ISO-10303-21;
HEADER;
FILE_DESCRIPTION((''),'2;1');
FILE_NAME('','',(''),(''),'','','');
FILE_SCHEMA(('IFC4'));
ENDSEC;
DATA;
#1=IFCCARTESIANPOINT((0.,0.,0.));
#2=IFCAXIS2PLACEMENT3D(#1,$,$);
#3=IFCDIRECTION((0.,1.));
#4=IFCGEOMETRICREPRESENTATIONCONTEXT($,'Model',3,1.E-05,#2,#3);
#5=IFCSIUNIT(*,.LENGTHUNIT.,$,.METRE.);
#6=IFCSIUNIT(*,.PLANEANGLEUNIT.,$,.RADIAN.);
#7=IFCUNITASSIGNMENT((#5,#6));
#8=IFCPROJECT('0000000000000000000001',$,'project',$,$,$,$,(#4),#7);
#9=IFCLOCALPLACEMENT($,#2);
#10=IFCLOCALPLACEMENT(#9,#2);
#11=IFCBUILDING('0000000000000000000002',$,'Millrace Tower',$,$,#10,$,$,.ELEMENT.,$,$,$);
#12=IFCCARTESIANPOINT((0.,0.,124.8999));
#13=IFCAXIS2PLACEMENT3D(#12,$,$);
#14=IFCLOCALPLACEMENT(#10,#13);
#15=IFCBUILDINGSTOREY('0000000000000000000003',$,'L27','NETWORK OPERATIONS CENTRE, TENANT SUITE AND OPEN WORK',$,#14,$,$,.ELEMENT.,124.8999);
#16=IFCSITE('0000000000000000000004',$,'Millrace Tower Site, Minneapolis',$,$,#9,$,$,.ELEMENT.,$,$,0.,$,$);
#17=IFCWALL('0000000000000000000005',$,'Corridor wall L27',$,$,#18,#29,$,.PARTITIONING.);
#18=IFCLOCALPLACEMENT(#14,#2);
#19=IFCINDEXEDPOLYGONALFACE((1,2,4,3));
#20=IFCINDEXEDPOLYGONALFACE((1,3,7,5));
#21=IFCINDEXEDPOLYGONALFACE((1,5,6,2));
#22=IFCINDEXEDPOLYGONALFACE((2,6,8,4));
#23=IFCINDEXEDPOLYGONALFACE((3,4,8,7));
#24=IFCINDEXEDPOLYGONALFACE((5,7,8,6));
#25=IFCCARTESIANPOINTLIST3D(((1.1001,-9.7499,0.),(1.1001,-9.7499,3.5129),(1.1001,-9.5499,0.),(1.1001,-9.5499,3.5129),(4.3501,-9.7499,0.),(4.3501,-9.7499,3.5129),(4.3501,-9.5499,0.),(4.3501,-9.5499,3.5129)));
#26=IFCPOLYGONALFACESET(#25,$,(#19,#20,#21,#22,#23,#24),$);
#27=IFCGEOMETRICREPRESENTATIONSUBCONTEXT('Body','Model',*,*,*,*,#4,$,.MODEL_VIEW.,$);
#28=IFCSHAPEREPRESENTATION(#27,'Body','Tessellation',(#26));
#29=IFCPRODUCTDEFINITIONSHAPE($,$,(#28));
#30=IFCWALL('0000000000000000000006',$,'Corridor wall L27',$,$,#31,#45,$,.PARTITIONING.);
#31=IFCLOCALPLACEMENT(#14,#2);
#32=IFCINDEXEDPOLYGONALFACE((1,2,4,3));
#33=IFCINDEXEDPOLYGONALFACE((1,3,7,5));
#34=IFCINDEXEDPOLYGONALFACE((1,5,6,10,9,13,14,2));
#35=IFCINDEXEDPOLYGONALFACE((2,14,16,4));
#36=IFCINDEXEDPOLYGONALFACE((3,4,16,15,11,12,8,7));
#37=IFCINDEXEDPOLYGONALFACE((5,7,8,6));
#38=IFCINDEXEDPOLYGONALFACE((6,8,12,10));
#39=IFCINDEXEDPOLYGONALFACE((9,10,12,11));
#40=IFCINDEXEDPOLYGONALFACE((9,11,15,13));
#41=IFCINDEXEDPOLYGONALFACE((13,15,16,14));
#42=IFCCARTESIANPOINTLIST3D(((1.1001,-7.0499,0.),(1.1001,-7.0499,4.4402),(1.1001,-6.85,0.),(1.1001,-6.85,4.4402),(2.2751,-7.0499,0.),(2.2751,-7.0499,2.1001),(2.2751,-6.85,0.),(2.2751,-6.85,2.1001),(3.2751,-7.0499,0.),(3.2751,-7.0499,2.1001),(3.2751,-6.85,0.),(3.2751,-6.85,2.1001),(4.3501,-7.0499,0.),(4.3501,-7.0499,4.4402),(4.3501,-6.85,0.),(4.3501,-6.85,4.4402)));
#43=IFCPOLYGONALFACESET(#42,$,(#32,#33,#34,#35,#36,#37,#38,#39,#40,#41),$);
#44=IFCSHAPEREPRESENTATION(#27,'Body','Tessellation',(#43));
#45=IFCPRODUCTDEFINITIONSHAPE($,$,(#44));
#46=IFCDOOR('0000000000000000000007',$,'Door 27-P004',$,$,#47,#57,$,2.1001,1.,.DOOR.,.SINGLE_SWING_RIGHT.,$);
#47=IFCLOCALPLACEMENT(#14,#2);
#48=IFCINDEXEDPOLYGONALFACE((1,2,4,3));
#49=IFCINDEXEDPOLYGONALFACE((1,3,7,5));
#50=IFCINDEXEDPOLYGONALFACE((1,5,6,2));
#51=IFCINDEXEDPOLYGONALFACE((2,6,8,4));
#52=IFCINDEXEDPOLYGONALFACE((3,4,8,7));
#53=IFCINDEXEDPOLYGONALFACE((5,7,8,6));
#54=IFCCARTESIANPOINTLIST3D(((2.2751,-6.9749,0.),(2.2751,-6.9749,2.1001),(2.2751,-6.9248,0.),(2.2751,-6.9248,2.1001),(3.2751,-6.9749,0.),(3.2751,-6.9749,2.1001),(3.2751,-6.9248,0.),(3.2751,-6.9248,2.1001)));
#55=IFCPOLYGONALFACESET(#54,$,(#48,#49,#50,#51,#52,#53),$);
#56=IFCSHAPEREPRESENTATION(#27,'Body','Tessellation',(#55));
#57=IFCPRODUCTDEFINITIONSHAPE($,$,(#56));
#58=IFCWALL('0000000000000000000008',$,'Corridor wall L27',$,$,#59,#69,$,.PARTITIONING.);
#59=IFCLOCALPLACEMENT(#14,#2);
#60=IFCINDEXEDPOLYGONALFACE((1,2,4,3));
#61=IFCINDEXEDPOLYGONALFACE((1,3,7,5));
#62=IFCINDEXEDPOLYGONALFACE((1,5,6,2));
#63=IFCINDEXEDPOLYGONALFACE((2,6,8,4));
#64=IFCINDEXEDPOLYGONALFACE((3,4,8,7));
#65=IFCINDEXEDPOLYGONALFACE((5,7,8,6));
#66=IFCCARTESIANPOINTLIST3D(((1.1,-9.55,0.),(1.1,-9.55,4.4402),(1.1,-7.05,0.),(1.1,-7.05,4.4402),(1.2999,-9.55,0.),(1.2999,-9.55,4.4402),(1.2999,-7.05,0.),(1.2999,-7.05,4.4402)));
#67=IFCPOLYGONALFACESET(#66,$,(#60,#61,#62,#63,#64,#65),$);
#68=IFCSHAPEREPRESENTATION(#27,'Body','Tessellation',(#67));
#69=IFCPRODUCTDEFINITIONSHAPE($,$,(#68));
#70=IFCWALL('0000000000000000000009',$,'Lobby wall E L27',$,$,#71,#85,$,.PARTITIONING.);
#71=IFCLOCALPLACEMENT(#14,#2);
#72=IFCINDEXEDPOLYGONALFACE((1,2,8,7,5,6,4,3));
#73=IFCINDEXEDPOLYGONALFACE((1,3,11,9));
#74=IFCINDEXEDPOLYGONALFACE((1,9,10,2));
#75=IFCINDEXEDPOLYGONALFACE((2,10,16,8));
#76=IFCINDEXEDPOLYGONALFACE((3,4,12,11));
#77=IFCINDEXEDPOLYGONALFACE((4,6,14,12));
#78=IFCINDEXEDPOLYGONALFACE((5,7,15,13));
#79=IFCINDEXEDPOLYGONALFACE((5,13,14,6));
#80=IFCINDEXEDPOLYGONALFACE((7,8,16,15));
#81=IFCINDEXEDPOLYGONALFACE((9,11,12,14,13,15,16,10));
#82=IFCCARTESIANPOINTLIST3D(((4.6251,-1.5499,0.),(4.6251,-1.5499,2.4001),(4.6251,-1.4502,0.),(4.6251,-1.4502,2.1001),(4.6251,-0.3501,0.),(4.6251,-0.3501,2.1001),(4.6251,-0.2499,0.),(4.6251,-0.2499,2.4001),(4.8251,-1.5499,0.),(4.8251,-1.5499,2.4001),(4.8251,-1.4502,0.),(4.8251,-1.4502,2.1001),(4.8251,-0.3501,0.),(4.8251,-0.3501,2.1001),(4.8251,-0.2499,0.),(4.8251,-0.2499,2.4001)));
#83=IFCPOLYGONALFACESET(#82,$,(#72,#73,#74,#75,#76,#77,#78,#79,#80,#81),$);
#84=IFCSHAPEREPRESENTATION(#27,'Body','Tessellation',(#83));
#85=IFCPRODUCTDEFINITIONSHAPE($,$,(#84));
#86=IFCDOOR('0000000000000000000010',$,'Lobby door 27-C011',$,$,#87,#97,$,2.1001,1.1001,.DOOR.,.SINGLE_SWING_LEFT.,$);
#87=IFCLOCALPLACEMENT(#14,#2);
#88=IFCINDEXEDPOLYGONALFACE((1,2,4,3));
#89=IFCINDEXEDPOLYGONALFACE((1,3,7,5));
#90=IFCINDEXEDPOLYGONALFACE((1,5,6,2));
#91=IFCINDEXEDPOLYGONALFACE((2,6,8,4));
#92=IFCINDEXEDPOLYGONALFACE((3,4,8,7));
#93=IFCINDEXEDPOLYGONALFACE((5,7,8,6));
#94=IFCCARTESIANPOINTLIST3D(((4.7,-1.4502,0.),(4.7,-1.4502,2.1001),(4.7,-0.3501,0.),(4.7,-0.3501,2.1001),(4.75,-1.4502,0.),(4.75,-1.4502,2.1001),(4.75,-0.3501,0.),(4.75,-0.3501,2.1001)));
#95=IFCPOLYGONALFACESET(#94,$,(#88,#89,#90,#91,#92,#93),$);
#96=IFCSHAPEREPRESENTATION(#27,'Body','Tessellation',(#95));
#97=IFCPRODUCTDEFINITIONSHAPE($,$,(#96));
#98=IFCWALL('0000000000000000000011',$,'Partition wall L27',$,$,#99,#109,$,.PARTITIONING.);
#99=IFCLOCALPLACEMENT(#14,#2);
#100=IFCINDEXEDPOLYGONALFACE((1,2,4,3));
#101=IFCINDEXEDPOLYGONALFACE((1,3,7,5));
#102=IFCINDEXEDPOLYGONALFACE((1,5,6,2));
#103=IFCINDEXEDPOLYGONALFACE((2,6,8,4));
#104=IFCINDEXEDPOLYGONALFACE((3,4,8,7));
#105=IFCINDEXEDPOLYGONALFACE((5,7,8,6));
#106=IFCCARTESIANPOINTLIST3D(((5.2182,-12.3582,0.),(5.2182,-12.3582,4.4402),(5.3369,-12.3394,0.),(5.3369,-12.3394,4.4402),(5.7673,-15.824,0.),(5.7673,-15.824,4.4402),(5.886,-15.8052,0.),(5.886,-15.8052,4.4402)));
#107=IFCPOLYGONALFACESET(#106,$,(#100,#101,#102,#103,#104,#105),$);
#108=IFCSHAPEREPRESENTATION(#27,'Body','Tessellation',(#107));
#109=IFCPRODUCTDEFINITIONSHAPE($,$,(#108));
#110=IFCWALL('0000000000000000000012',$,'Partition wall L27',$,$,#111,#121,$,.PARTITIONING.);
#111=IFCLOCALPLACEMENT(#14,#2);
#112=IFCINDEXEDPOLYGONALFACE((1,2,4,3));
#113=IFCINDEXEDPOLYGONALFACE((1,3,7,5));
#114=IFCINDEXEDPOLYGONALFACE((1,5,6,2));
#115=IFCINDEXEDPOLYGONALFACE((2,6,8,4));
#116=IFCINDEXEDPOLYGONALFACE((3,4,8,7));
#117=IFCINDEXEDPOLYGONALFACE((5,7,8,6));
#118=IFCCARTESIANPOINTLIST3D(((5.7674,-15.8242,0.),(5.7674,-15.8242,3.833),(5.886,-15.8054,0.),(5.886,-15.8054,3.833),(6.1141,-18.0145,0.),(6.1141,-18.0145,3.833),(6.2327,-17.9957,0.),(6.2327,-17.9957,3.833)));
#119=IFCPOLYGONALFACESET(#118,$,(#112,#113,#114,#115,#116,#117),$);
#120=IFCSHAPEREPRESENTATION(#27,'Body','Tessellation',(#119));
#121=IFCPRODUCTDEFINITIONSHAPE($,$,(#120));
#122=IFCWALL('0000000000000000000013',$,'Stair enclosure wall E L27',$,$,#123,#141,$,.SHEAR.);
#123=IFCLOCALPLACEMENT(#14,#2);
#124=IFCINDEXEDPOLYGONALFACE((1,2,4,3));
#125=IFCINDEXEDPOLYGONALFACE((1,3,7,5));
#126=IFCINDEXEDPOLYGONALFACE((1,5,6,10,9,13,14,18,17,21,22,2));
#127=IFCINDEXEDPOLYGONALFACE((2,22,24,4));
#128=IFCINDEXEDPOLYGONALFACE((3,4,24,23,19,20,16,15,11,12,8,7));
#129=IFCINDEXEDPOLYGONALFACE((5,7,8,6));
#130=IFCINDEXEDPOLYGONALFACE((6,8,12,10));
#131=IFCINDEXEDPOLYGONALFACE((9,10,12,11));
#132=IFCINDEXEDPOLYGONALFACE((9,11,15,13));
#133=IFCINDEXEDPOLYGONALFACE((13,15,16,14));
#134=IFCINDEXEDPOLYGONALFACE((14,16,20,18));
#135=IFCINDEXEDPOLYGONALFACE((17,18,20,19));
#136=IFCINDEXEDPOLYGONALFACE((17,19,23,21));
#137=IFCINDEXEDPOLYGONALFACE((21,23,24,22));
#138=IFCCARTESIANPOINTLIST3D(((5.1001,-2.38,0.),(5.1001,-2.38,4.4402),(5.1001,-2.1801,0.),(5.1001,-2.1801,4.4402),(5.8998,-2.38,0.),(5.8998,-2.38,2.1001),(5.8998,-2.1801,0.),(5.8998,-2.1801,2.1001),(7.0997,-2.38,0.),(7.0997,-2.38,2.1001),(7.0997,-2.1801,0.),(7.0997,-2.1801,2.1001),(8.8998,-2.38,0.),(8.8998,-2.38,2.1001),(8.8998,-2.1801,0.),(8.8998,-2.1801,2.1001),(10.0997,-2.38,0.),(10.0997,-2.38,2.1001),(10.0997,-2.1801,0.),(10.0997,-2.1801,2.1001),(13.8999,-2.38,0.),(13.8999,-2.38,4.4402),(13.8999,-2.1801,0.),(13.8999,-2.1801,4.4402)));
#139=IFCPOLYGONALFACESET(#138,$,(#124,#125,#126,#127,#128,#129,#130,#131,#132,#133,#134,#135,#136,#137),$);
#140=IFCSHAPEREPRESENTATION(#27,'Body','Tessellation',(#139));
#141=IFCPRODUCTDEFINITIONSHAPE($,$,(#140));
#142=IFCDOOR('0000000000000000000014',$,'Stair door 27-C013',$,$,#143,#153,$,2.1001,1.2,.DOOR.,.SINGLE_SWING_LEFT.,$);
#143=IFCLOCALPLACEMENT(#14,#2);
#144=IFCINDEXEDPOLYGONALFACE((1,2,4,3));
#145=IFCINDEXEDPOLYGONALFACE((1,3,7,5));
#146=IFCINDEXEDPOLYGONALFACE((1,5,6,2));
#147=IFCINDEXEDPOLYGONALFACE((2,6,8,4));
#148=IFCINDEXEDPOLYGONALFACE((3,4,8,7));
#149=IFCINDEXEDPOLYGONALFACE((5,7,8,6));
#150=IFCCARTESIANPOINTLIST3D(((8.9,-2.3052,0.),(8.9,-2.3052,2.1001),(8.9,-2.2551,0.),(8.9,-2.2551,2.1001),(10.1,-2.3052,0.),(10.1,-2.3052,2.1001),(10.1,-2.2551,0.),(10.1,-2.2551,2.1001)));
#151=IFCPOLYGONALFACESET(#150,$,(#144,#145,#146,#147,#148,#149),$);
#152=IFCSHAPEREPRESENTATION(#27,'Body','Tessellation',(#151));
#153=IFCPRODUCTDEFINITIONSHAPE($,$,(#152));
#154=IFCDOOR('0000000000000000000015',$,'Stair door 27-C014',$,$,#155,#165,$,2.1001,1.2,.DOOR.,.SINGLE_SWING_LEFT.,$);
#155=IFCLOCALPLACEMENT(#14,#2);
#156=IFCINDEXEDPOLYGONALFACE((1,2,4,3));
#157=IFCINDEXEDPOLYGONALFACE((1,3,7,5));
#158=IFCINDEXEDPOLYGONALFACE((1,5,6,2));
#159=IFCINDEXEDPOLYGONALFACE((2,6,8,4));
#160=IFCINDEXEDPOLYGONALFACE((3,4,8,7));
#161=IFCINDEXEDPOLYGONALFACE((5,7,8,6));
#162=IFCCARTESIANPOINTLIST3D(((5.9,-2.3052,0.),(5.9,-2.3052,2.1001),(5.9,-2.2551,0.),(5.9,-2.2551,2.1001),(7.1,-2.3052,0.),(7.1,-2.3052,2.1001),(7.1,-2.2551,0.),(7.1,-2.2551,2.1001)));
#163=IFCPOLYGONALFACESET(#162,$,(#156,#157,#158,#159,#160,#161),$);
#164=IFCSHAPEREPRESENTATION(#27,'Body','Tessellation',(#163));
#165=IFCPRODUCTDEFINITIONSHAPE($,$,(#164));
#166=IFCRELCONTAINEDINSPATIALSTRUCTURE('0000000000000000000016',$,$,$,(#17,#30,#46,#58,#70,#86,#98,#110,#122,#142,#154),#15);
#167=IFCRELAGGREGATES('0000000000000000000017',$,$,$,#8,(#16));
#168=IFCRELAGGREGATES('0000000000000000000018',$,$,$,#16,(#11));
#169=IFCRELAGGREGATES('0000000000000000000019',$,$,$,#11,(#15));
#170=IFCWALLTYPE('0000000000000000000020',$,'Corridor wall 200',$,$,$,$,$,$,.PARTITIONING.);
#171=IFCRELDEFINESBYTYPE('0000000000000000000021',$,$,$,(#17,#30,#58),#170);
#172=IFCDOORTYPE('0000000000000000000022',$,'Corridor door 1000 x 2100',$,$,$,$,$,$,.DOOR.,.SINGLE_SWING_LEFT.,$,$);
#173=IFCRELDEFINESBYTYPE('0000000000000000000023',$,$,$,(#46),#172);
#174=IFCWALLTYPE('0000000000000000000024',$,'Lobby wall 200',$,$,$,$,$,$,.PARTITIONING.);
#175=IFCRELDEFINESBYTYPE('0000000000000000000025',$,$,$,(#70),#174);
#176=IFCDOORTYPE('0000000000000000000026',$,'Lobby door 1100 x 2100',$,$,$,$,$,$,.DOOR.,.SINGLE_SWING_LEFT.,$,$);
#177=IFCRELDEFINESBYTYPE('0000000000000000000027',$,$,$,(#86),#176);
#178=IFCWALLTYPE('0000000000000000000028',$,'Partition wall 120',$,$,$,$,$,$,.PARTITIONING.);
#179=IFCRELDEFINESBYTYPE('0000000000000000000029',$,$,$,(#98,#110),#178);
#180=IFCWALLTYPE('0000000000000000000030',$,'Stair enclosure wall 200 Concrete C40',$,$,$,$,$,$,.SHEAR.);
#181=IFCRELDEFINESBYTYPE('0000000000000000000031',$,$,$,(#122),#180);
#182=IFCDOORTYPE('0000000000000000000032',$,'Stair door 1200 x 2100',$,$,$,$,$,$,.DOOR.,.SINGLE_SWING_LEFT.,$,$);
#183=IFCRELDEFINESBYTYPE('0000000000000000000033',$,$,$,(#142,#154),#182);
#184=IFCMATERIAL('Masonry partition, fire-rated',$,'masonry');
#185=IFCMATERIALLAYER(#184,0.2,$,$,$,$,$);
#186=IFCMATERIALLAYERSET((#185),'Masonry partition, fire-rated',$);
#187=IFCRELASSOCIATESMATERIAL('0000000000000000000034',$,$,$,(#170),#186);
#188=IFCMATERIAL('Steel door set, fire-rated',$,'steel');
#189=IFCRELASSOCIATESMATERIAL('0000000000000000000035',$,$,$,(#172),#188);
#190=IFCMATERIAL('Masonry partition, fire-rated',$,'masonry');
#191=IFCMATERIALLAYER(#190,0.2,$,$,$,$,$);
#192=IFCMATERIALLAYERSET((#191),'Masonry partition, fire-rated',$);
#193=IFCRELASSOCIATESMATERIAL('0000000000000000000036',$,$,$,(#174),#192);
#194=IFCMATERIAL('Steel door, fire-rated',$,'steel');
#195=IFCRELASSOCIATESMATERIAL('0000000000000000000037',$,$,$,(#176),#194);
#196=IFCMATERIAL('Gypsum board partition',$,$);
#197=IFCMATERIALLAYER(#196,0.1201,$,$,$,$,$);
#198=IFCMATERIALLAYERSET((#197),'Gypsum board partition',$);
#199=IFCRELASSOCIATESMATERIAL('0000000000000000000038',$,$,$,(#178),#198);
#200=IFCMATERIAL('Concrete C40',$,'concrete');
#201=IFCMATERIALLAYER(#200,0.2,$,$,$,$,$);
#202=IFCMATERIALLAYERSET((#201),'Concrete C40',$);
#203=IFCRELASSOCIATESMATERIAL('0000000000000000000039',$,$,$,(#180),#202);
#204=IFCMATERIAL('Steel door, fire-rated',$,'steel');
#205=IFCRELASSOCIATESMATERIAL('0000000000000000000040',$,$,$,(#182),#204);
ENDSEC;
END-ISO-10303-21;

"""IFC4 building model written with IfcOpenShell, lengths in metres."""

from ifc_helpers import new_model, si_unit, direction, frame, frame_2d, origin, place, context, subcontext, project, spatial, rectangle, extrude, material, layer, layer_set, type_object, element, fill, save


model = new_model("IFC4")

# Units and contexts
model_context = context("Model", 3, precision=1e-05, world=origin(), true_north=direction((0.0, 1.0)))
body_context = subcontext(model_context, "Body", "Model", "MODEL_VIEW")
ifc_project = project(units=[si_unit("LENGTHUNIT", "METRE"), si_unit("PLANEANGLEUNIT", "RADIAN")], contexts=[model_context])

# Site, building, storey
site_placement = place(None, origin())
site = spatial("IfcSite", under=ifc_project, at=site_placement, Name="Millrace Tower Site, Minneapolis", CompositionType="ELEMENT", RefElevation=0.0)
building_placement = place(site_placement, origin())
building = spatial("IfcBuilding", under=site, at=building_placement, Name="Millrace Tower", CompositionType="ELEMENT")
storey_placement = place(building_placement, frame((0.0, 0.0, 124.8999)))
storey = spatial("IfcBuildingStorey", under=building, at=storey_placement, Name="L27", Description="NETWORK OPERATIONS CENTRE, TENANT SUITE AND OPEN WORK", CompositionType="ELEMENT", Elevation=124.8999)

# Wall
ifc_material_1 = material(Name="Masonry partition, fire-rated", Category="masonry")
ifc_layer_1 = layer(ifc_material_1, 0.2)
ifc_layer_set_1 = layer_set([ifc_layer_1], Name="Masonry partition, fire-rated")
wall_type_1 = type_object("IfcWallType", Name="Corridor wall 200", PredefinedType="PARTITIONING", material=ifc_layer_set_1)
wall_1_placement = place(storey_placement, frame((1.1001, -9.6499, 0.0), z_axis=(0.0, 0.0, 1.0), x_axis=(1.0, 0.0, 0.0)))
element("IfcWall", 1, at=wall_1_placement, inside=storey, type_object=wall_type_1, Name="Corridor wall L27", PredefinedType="PARTITIONING", context=body_context, shape_type="SweptSolid", body=[
    extrude(rectangle(XDim=3.25, YDim=0.2, at=frame_2d((1.625, 0.0))), origin(), (0.0, 0.0, 1.0), 3.5129),
])

# Wall, opening, door
wall_2_placement = place(storey_placement, frame((1.1001, -6.95, 0.0), z_axis=(0.0, 0.0, 1.0), x_axis=(1.0, 0.0, 0.0)))
wall_2 = element("IfcWall", 2, at=wall_2_placement, inside=storey, type_object=wall_type_1, Name="Corridor wall L27", PredefinedType="PARTITIONING", context=body_context, shape_type="SweptSolid", body=[
    extrude(rectangle(XDim=3.25, YDim=0.2, at=frame_2d((1.625, 0.0))), origin(), (0.0, 0.0, 1.0), 4.4402),
])
opening_1_placement = place(wall_2_placement, frame((1.175, 0.0, 0.0)))
opening_1 = element("IfcOpeningElement", 3, at=opening_1_placement, cuts=wall_2, PredefinedType="OPENING", context=body_context, shape_type="SweptSolid", body=[
    extrude(rectangle(XDim=1.0, YDim=2.1001, at=frame_2d((0.5, 1.05))), frame((0.0, 0.1099, 0.0), z_axis=(0.0, -1.0, 0.0), x_axis=(1.0, 0.0, 0.0)), (0.0, 0.0, 1.0), 0.22),
])
ifc_material_2 = material(Name="Steel door set, fire-rated", Category="steel")
door_type_1 = type_object("IfcDoorType", Name="Corridor door 1000 x 2100", OperationType="SINGLE_SWING_LEFT", PredefinedType="DOOR", material=ifc_material_2)
door_1_placement = place(opening_1_placement, frame((1.0, 0.0, 0.0), z_axis=(0.0, 0.0, 1.0), x_axis=(-1.0, 0.0, 0.0)))
door_1 = element("IfcDoor", 4, at=door_1_placement, inside=storey, type_object=door_type_1, Name="Door 27-P004", OperationType="SINGLE_SWING_RIGHT", OverallHeight=2.1001, OverallWidth=1.0, PredefinedType="DOOR", context=body_context, shape_type="SweptSolid", body=[
    extrude(rectangle(XDim=1.0, YDim=2.1001, at=frame_2d((0.5, 1.05))), frame((0.0, 0.0249, 0.0), z_axis=(0.0, -1.0, 0.0), x_axis=(1.0, 0.0, 0.0)), (0.0, 0.0, 1.0), 0.05),
])
fill(opening_1, door_1)

# Wall
wall_3_placement = place(storey_placement, frame((1.2, -9.55, 0.0), z_axis=(0.0, 0.0, 1.0), x_axis=(0.0, 1.0, 0.0)))
element("IfcWall", 5, at=wall_3_placement, inside=storey, type_object=wall_type_1, Name="Corridor wall L27", PredefinedType="PARTITIONING", context=body_context, shape_type="SweptSolid", body=[
    extrude(rectangle(XDim=2.5, YDim=0.2, at=frame_2d((1.25, 0.0))), origin(), (0.0, 0.0, 1.0), 4.4402),
])

# Wall, opening, door
ifc_material_3 = material(Name="Masonry partition, fire-rated", Category="masonry")
ifc_layer_2 = layer(ifc_material_3, 0.2)
ifc_layer_set_2 = layer_set([ifc_layer_2], Name="Masonry partition, fire-rated")
wall_type_2 = type_object("IfcWallType", Name="Lobby wall 200", PredefinedType="PARTITIONING", material=ifc_layer_set_2)
wall_4_placement = place(storey_placement, frame((4.7251, -0.25, 0.0), z_axis=(0.0, 0.0, 1.0), x_axis=(0.0, -1.0, 0.0)))
wall_4 = element("IfcWall", 6, at=wall_4_placement, inside=storey, type_object=wall_type_2, Name="Lobby wall E L27", PredefinedType="PARTITIONING", context=body_context, shape_type="SweptSolid", body=[
    extrude(rectangle(XDim=1.3, YDim=0.2, at=frame_2d((0.6499, 0.0))), origin(), (0.0, 0.0, 1.0), 2.4001),
])
opening_2_placement = place(wall_4_placement, frame((0.1001, 0.0, 0.0)))
opening_2 = element("IfcOpeningElement", 7, at=opening_2_placement, cuts=wall_4, PredefinedType="OPENING", context=body_context, shape_type="SweptSolid", body=[
    extrude(rectangle(XDim=1.1001, YDim=2.1001, at=frame_2d((0.55, 1.05))), frame((0.0, 0.1099, 0.0), z_axis=(0.0, -1.0, 0.0), x_axis=(1.0, 0.0, 0.0)), (0.0, 0.0, 1.0), 0.22),
])
ifc_material_4 = material(Name="Steel door, fire-rated", Category="steel")
door_type_2 = type_object("IfcDoorType", Name="Lobby door 1100 x 2100", OperationType="SINGLE_SWING_LEFT", PredefinedType="DOOR", material=ifc_material_4)
door_2_placement = place(opening_2_placement, origin())
door_2 = element("IfcDoor", 8, at=door_2_placement, inside=storey, type_object=door_type_2, Name="Lobby door 27-C011", OperationType="SINGLE_SWING_LEFT", OverallHeight=2.1001, OverallWidth=1.1001, PredefinedType="DOOR", context=body_context, shape_type="SweptSolid", body=[
    extrude(rectangle(XDim=1.1001, YDim=2.1001, at=frame_2d((0.55, 1.05))), frame((0.0, 0.0249, 0.0), z_axis=(0.0, -1.0, 0.0), x_axis=(1.0, 0.0, 0.0)), (0.0, 0.0, 1.0), 0.05),
])
fill(opening_2, door_2)

# Walls
ifc_material_5 = material(Name="Gypsum board partition")
ifc_layer_3 = layer(ifc_material_5, 0.1201)
ifc_layer_set_3 = layer_set([ifc_layer_3], Name="Gypsum board partition")
wall_type_3 = type_object("IfcWallType", Name="Partition wall 120", PredefinedType="PARTITIONING", material=ifc_layer_set_3)
wall_5_placement = place(storey_placement, frame((5.2776, -12.3489, 0.0), z_axis=(0.0, 0.0, 1.0), x_axis=(0.156473, -0.987682, 0.0)))
element("IfcWall", 9, at=wall_5_placement, inside=storey, type_object=wall_type_3, Name="Partition wall L27", PredefinedType="PARTITIONING", context=body_context, shape_type="SweptSolid", body=[
    extrude(rectangle(XDim=3.509, YDim=0.1201, at=frame_2d((1.7544, 0.0))), origin(), (0.0, 0.0, 1.0), 4.4402),
])
wall_6_placement = place(storey_placement, frame((5.8267, -15.8147, 0.0), z_axis=(0.0, 0.0, 1.0), x_axis=(0.156341, -0.987703, 0.0)))
element("IfcWall", 10, at=wall_6_placement, inside=storey, type_object=wall_type_3, Name="Partition wall L27", PredefinedType="PARTITIONING", context=body_context, shape_type="SweptSolid", body=[
    extrude(rectangle(XDim=2.2175, YDim=0.1201, at=frame_2d((1.1089, 0.0))), origin(), (0.0, 0.0, 1.0), 3.833),
])

# Wall, openings, doors
ifc_material_6 = material(Name="Concrete C40", Category="concrete")
ifc_layer_4 = layer(ifc_material_6, 0.2)
ifc_layer_set_4 = layer_set([ifc_layer_4], Name="Concrete C40")
wall_type_4 = type_object("IfcWallType", Name="Stair enclosure wall 200 Concrete C40", PredefinedType="SHEAR", material=ifc_layer_set_4)
wall_7_placement = place(storey_placement, frame((13.8999, -2.28, 0.0), z_axis=(0.0, 0.0, 1.0), x_axis=(-1.0, 0.0, 0.0)))
wall_7 = element("IfcWall", 11, at=wall_7_placement, inside=storey, type_object=wall_type_4, Name="Stair enclosure wall E L27", PredefinedType="SHEAR", context=body_context, shape_type="SweptSolid", body=[
    extrude(rectangle(XDim=8.7998, YDim=0.2, at=frame_2d((4.3999, 0.0))), origin(), (0.0, 0.0, 1.0), 4.4402),
])
opening_3_placement = place(wall_7_placement, frame((3.8, 0.0, 0.0)))
opening_3 = element("IfcOpeningElement", 12, at=opening_3_placement, cuts=wall_7, PredefinedType="OPENING", context=body_context, shape_type="SweptSolid", body=[
    extrude(rectangle(XDim=1.2, YDim=2.1001, at=frame_2d((0.6001, 1.05))), frame((0.0, 0.1099, 0.0), z_axis=(0.0, -1.0, 0.0), x_axis=(1.0, 0.0, 0.0)), (0.0, 0.0, 1.0), 0.22),
])
opening_4_placement = place(wall_7_placement, frame((6.8, 0.0, 0.0)))
opening_4 = element("IfcOpeningElement", 13, at=opening_4_placement, cuts=wall_7, PredefinedType="OPENING", context=body_context, shape_type="SweptSolid", body=[
    extrude(rectangle(XDim=1.2, YDim=2.1001, at=frame_2d((0.6001, 1.05))), frame((0.0, 0.1099, 0.0), z_axis=(0.0, -1.0, 0.0), x_axis=(1.0, 0.0, 0.0)), (0.0, 0.0, 1.0), 0.22),
])
ifc_material_7 = material(Name="Steel door, fire-rated", Category="steel")
door_type_3 = type_object("IfcDoorType", Name="Stair door 1200 x 2100", OperationType="SINGLE_SWING_LEFT", PredefinedType="DOOR", material=ifc_material_7)
door_3_placement = place(opening_3_placement, frame((1.2, 0.0, 0.0), z_axis=(0.0, 0.0, 1.0), x_axis=(-1.0, 0.0, 0.0)))
door_3 = element("IfcDoor", 14, at=door_3_placement, inside=storey, type_object=door_type_3, Name="Stair door 27-C013", OperationType="SINGLE_SWING_LEFT", OverallHeight=2.1001, OverallWidth=1.2, PredefinedType="DOOR", context=body_context, shape_type="SweptSolid", body=[
    extrude(rectangle(XDim=1.2, YDim=2.1001, at=frame_2d((0.6001, 1.05))), frame((0.0, 0.0249, 0.0), z_axis=(0.0, -1.0, 0.0), x_axis=(1.0, 0.0, 0.0)), (0.0, 0.0, 1.0), 0.05),
])
fill(opening_3, door_3)
door_4_placement = place(opening_4_placement, frame((1.2, 0.0, 0.0), z_axis=(0.0, 0.0, 1.0), x_axis=(-1.0, 0.0, 0.0)))
door_4 = element("IfcDoor", 15, at=door_4_placement, inside=storey, type_object=door_type_3, Name="Stair door 27-C014", OperationType="SINGLE_SWING_LEFT", OverallHeight=2.1001, OverallWidth=1.2, PredefinedType="DOOR", context=body_context, shape_type="SweptSolid", body=[
    extrude(rectangle(XDim=1.2, YDim=2.1001, at=frame_2d((0.6001, 1.05))), frame((0.0, 0.0249, 0.0), z_axis=(0.0, -1.0, 0.0), x_axis=(1.0, 0.0, 0.0)), (0.0, 0.0, 1.0), 0.05),
])
fill(opening_4, door_4)

save(model, "model.ifc")
